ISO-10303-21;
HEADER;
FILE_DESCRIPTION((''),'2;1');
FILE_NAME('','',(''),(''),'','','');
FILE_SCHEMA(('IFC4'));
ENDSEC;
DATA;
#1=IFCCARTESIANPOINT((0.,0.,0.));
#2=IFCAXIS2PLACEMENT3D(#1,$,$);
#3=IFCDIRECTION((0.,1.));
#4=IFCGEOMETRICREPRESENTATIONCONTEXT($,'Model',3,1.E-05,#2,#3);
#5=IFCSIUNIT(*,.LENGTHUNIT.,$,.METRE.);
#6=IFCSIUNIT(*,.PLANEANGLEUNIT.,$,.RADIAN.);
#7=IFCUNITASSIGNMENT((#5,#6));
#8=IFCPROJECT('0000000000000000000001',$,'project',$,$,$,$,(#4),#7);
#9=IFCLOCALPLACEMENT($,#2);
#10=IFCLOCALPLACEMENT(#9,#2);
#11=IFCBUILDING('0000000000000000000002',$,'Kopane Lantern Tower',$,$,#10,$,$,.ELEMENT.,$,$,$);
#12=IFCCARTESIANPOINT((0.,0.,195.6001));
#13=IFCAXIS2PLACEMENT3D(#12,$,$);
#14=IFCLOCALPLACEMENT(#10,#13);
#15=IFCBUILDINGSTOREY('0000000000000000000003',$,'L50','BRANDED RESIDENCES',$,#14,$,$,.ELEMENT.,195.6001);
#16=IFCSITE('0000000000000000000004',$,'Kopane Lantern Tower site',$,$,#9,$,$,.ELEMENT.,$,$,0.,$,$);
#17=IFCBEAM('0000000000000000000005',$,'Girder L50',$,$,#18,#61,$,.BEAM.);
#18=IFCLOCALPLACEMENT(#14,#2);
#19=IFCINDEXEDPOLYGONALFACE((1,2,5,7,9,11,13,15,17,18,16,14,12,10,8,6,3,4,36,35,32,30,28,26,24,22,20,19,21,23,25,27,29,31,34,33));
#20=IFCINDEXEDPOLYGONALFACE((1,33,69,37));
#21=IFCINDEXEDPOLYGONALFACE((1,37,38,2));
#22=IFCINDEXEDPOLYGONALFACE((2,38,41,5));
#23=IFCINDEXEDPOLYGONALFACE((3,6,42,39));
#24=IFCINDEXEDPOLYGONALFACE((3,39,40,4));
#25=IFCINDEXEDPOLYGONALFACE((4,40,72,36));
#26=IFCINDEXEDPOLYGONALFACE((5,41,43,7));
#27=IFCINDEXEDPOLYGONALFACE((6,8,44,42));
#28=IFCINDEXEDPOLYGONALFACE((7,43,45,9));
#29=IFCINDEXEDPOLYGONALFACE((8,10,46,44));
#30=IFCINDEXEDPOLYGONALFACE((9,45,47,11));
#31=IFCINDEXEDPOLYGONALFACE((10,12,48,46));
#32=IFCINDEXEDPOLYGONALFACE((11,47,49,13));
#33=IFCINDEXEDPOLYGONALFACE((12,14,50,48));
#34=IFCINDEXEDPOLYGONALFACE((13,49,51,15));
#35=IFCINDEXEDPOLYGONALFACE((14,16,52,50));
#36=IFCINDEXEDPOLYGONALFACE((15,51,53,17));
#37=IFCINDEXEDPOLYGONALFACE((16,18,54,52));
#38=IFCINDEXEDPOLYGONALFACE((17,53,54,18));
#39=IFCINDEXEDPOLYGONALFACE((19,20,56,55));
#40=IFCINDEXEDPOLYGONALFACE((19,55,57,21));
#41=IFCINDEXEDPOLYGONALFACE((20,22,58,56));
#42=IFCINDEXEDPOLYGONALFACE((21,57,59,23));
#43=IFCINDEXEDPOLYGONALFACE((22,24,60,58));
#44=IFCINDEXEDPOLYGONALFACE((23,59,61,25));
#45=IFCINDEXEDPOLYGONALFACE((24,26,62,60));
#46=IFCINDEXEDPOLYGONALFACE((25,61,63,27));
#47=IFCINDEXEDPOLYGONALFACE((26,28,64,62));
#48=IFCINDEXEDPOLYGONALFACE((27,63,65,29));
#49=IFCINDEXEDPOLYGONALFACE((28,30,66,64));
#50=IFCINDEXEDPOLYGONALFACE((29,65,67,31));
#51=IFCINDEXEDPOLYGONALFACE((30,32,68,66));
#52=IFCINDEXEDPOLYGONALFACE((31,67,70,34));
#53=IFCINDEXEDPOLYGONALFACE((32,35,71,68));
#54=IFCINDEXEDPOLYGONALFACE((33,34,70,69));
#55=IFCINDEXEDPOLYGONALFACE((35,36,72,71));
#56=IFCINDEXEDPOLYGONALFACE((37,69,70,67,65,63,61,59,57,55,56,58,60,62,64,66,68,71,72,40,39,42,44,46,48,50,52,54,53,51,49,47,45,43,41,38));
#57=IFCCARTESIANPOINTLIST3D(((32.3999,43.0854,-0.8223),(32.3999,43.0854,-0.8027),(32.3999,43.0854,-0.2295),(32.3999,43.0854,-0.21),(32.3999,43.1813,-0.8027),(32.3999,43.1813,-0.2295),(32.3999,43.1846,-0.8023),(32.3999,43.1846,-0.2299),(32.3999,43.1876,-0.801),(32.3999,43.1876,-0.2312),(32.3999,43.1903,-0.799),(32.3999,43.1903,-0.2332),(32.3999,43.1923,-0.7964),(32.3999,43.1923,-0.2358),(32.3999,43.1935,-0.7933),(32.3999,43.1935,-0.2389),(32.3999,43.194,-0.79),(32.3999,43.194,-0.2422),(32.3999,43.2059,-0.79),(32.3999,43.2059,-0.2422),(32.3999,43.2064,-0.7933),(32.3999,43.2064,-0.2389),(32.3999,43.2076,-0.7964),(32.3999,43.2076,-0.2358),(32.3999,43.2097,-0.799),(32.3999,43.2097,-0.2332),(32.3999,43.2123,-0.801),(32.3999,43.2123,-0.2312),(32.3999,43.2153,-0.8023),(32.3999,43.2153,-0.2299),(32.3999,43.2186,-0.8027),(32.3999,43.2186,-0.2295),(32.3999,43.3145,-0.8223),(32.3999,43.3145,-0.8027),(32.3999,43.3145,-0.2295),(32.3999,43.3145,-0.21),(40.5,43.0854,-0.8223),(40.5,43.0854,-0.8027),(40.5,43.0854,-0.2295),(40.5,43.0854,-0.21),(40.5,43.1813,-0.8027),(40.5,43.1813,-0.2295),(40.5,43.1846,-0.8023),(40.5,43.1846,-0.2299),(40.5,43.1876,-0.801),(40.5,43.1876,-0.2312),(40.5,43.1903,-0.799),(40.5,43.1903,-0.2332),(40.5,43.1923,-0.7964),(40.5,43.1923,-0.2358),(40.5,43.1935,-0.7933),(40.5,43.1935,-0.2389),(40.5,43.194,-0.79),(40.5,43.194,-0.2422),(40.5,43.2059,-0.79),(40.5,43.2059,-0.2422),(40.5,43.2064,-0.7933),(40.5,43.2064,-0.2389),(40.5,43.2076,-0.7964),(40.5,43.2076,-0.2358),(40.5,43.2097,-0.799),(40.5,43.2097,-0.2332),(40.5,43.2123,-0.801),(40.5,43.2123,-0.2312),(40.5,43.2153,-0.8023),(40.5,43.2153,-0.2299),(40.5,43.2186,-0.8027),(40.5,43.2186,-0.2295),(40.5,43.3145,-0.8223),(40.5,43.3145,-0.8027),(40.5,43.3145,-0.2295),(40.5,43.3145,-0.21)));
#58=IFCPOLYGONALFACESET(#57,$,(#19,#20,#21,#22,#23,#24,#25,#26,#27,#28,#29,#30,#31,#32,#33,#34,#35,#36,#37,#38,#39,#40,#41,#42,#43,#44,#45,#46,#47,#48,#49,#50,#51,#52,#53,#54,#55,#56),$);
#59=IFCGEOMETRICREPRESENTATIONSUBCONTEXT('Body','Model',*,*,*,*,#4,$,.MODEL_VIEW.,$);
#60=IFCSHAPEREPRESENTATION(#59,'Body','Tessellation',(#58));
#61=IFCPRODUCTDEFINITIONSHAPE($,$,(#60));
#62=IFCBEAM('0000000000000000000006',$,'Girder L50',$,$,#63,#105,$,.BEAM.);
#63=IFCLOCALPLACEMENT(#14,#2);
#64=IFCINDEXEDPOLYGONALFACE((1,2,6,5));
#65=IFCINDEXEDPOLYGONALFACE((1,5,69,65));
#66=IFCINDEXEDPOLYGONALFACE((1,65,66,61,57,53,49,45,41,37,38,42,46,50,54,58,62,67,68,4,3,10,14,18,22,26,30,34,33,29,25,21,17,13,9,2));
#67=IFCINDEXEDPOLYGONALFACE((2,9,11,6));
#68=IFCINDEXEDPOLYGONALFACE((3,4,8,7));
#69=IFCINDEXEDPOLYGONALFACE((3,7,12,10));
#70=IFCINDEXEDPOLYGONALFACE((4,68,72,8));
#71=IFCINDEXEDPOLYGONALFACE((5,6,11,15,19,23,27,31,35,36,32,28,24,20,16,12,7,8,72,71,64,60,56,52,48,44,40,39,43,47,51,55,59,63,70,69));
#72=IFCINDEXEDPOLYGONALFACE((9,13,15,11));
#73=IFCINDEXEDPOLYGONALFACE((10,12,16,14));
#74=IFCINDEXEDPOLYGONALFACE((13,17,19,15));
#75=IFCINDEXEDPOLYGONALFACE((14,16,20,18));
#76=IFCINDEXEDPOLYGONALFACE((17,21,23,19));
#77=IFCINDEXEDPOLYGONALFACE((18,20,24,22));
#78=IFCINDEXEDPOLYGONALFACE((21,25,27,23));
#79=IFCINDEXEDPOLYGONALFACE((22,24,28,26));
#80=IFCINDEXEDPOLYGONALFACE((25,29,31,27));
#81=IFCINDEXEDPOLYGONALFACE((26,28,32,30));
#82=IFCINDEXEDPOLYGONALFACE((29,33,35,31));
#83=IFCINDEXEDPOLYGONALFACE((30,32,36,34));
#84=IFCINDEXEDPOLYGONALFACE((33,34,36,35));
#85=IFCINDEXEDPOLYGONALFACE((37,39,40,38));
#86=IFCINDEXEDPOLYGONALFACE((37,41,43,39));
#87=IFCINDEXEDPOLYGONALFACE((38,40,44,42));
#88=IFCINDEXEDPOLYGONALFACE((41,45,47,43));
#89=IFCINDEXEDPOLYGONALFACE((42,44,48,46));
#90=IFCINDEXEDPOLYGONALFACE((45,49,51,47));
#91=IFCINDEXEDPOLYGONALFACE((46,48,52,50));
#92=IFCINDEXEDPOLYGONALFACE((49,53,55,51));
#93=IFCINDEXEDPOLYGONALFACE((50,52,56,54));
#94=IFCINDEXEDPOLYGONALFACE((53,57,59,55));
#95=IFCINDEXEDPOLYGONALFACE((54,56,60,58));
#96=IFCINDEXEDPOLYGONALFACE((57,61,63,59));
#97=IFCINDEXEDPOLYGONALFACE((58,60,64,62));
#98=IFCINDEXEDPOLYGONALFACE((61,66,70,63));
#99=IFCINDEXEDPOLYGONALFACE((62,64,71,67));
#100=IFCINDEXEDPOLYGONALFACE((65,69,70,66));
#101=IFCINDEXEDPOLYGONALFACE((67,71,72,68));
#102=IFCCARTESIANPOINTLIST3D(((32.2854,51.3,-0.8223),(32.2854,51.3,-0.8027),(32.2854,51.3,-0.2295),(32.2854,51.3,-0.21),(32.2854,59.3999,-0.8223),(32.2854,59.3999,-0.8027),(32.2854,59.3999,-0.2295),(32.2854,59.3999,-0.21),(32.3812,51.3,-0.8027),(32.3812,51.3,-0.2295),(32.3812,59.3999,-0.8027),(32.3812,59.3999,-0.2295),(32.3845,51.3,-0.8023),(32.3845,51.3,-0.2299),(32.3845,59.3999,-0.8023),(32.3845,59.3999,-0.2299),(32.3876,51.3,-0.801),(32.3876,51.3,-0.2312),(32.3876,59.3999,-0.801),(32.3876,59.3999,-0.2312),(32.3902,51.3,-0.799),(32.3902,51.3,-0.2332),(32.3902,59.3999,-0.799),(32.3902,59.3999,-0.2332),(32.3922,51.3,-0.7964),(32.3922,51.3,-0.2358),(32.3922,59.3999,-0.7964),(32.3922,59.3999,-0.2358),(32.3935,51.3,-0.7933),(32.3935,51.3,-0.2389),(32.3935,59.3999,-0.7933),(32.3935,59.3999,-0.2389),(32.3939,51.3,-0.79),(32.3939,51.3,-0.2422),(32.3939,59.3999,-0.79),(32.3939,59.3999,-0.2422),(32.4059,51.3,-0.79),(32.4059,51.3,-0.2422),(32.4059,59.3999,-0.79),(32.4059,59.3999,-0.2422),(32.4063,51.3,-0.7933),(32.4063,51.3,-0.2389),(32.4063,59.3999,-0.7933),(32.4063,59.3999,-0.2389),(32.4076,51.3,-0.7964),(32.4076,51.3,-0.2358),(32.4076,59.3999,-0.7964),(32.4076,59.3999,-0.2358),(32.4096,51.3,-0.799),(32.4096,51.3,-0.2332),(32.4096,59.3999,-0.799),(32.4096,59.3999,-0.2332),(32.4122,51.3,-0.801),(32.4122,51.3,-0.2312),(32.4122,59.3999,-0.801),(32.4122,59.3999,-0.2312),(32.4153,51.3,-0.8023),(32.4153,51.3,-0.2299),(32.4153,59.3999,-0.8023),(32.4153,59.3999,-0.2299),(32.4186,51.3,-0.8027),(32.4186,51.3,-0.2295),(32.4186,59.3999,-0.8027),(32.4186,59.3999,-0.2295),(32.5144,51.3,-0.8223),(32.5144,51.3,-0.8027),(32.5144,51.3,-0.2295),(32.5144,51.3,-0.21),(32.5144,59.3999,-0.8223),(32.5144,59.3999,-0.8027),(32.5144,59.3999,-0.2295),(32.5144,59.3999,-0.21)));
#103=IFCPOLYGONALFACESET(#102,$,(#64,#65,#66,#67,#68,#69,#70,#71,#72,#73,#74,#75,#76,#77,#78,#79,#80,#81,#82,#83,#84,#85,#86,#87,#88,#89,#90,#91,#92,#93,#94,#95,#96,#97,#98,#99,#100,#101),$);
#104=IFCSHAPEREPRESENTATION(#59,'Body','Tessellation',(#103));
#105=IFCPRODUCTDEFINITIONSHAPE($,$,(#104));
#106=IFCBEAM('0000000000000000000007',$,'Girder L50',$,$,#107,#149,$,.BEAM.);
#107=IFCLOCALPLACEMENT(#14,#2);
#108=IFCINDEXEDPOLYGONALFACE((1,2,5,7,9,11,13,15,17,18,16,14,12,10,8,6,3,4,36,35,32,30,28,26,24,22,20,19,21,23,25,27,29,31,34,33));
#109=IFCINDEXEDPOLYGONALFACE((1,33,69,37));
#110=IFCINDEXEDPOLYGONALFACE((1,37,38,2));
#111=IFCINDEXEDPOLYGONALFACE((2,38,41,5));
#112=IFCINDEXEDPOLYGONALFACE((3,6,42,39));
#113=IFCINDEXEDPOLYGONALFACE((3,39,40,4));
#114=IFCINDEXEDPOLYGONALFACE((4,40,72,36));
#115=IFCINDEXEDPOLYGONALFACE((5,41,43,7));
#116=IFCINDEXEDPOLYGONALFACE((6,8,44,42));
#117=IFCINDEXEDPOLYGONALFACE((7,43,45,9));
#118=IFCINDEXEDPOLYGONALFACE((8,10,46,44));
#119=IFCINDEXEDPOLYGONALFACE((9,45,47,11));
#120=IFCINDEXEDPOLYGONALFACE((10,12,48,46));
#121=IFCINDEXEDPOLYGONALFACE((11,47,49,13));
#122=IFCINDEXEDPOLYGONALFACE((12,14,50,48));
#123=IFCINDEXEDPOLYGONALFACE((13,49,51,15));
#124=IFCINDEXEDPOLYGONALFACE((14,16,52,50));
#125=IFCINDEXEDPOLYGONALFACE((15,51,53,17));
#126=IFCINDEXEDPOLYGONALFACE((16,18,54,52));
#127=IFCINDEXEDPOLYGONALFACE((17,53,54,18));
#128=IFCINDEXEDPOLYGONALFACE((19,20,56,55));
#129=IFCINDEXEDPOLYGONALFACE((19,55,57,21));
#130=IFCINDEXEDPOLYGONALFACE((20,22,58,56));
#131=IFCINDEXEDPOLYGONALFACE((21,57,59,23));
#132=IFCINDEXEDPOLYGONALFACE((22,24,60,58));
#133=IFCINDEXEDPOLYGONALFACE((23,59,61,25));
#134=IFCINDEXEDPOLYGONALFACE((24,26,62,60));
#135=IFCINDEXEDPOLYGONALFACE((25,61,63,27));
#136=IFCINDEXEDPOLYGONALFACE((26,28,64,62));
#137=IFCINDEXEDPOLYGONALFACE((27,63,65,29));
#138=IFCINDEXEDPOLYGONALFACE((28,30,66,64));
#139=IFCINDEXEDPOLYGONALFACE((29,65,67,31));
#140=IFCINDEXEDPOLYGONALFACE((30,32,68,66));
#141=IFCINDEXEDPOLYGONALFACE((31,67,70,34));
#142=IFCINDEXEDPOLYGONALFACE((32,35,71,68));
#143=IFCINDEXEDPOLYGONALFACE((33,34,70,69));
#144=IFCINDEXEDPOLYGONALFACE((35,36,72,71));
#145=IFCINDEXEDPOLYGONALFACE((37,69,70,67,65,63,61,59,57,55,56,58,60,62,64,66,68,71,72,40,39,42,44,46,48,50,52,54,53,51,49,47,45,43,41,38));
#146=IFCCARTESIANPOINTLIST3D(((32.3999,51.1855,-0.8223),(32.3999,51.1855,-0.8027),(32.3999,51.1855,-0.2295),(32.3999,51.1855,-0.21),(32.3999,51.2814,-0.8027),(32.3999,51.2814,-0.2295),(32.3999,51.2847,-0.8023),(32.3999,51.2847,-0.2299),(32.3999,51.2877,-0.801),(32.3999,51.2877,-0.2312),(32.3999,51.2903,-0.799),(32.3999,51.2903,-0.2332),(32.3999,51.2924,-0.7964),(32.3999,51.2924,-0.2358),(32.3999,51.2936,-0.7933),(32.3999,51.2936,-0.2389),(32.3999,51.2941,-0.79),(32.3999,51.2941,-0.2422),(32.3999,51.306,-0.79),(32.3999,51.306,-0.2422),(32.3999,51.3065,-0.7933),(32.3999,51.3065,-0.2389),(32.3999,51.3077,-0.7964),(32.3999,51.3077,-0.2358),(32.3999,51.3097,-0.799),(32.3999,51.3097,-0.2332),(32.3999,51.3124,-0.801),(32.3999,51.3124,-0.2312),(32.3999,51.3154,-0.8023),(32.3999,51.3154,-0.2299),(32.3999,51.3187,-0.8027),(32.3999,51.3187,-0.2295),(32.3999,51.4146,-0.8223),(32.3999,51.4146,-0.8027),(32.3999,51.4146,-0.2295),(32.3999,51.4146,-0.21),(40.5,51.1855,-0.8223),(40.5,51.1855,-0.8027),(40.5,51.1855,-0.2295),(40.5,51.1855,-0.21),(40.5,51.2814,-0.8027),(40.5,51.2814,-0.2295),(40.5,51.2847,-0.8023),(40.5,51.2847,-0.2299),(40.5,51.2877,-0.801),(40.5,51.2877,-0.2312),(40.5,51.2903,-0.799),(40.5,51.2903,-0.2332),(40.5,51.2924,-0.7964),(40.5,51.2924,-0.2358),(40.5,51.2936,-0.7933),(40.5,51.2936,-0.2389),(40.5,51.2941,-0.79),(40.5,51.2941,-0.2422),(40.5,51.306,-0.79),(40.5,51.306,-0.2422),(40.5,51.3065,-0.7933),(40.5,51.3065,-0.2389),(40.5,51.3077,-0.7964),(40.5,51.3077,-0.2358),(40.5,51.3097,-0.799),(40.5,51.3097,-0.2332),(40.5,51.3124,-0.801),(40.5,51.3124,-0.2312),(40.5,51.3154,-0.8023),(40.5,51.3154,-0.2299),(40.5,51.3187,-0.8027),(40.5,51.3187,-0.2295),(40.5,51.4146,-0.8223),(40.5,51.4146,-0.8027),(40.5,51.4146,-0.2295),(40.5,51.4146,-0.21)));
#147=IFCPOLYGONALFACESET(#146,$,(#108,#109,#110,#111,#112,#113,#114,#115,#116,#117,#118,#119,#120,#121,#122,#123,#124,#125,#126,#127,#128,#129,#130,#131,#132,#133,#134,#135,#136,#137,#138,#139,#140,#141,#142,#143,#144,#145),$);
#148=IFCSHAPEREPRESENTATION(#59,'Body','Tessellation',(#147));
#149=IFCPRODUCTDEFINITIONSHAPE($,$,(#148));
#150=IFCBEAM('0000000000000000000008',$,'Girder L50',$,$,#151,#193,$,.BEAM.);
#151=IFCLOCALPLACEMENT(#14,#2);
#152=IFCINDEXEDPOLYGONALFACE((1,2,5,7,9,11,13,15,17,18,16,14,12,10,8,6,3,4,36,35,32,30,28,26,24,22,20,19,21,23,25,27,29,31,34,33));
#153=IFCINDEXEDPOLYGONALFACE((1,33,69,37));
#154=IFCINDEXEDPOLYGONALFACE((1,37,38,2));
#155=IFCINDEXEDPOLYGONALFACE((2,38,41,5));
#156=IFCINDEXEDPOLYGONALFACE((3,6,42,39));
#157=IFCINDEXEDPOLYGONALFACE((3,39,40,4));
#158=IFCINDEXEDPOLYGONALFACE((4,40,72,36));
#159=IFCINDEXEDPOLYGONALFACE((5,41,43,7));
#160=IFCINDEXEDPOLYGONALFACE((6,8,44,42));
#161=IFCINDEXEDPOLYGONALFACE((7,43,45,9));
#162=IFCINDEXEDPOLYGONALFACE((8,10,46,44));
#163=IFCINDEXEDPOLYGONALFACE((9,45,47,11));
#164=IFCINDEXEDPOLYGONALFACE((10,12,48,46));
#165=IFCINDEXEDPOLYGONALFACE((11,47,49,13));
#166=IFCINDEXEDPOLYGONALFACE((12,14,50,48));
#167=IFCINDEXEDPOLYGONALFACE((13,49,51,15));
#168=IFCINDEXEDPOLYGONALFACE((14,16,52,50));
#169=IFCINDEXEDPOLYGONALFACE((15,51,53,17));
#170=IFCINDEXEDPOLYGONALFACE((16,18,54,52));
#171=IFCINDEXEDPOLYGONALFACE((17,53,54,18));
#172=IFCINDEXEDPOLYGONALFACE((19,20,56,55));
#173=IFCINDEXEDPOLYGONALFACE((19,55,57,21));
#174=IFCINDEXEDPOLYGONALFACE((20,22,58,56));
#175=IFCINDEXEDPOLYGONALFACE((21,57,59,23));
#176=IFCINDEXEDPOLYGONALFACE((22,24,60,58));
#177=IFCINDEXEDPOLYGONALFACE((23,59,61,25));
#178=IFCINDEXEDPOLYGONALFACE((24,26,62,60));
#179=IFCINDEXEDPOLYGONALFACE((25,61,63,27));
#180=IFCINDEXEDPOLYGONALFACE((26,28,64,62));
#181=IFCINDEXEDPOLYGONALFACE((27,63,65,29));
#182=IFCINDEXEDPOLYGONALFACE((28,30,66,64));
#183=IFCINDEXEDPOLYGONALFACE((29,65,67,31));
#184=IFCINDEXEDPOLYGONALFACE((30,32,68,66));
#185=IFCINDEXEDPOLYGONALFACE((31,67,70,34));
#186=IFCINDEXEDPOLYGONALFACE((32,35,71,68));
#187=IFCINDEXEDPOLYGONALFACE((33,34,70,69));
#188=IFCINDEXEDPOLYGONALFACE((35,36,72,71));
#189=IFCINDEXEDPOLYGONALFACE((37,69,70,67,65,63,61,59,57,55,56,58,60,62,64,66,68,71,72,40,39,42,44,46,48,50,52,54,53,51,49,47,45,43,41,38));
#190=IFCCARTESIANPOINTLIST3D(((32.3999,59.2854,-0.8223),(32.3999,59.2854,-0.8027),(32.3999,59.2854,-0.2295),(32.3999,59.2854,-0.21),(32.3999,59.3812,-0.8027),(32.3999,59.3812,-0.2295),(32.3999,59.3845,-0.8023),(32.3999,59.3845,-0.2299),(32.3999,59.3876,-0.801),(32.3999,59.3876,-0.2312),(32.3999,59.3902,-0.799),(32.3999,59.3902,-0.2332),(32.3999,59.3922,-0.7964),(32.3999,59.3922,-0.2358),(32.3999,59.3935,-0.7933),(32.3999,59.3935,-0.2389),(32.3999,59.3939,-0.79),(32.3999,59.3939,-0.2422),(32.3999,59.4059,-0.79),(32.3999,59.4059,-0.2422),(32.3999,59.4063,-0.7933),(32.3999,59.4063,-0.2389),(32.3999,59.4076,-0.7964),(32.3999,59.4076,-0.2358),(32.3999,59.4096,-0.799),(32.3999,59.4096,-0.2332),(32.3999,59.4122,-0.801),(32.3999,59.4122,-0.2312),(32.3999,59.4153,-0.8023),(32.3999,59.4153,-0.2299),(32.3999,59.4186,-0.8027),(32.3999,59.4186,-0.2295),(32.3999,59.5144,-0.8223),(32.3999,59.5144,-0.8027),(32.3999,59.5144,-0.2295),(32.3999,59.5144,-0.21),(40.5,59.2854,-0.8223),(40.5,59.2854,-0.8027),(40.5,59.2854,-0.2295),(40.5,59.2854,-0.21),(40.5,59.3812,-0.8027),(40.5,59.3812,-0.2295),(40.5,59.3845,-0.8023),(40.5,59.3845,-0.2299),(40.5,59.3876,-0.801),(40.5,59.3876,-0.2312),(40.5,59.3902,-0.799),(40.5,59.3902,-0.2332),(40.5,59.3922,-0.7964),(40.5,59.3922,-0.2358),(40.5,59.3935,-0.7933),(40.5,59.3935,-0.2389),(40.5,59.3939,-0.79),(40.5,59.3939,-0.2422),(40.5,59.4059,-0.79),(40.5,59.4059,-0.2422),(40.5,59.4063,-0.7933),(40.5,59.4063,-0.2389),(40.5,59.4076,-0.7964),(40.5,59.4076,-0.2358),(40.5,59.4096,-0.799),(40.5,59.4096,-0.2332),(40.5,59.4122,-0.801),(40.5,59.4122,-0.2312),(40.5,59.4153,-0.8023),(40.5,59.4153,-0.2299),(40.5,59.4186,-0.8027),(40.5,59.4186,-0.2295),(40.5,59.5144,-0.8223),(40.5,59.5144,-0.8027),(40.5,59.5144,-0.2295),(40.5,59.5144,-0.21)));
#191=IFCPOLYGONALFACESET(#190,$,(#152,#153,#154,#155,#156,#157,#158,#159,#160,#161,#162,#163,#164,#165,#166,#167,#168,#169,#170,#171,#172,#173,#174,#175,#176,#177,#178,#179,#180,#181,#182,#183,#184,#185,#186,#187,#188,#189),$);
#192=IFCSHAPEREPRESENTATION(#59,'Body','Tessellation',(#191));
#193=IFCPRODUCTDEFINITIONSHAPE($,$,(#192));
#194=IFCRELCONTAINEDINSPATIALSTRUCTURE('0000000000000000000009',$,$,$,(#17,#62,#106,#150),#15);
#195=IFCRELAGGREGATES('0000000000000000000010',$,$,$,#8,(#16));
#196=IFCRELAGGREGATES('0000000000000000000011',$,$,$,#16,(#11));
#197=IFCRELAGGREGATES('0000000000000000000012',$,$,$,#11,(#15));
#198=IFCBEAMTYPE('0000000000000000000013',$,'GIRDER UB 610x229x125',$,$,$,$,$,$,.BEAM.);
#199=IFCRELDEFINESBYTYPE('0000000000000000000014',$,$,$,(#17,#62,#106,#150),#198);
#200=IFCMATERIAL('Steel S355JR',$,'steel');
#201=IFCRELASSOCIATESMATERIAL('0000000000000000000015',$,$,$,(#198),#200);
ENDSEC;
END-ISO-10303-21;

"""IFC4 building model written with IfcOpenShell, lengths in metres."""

from ifc_helpers import new_model, si_unit, direction, frame, origin, origin_2d, place, context, subcontext, project, spatial, i_section, extrude, material, material_profile, profile_set, type_object, element, save


model = new_model("IFC4")

# Units and contexts
model_context = context("Model", 3, precision=1e-05, world=origin(), true_north=direction((0.0, 1.0)))
body_context = subcontext(model_context, "Body", "Model", "MODEL_VIEW")
ifc_project = project(units=[si_unit("LENGTHUNIT", "METRE"), si_unit("PLANEANGLEUNIT", "RADIAN")], contexts=[model_context])

# Site, building, storey
site_placement = place(None, origin())
site = spatial("IfcSite", under=ifc_project, at=site_placement, Name="Kopane Lantern Tower site", CompositionType="ELEMENT", RefElevation=0.0)
building_placement = place(site_placement, origin())
building = spatial("IfcBuilding", under=site, at=building_placement, Name="Kopane Lantern Tower", CompositionType="ELEMENT")
storey_placement = place(building_placement, frame((0.0, 0.0, 195.6001)))
storey = spatial("IfcBuildingStorey", under=building, at=storey_placement, Name="L50", Description="BRANDED RESIDENCES", CompositionType="ELEMENT", Elevation=195.6001)

# Beams
ifc_material_1 = material(Name="Steel S355JR", Category="steel")
ifc_material_profile_1 = material_profile(ifc_material_1, i_section(OverallWidth=0.229, OverallDepth=0.6123, WebThickness=0.012, FlangeThickness=0.0195, FilletRadius=0.0127, at=origin_2d()), Name="UB 610x229x125")
ifc_profile_set_1 = profile_set([ifc_material_profile_1], Name="Steel S355JR")
beam_type = type_object("IfcBeamType", Name="GIRDER UB 610x229x125", PredefinedType="BEAM", material=ifc_profile_set_1)
for number, where, z_axis, x_axis, name in (
    (1, (32.3999, 43.2, -0.5161), (1.0, 0.0, 0.0), (0.0, 1.0, 0.0), "Girder L50"),
):
    element("IfcBeam", number, at=place(storey_placement, frame(where, z_axis=z_axis, x_axis=x_axis)), inside=storey, type_object=beam_type, Name=name, PredefinedType="BEAM", context=body_context, shape_type="SweptSolid", body=[
        extrude(i_section(OverallWidth=0.229, OverallDepth=0.6123, WebThickness=0.012, FlangeThickness=0.0195, FilletRadius=0.0127, at=origin_2d()), origin(), (0.0, 0.0, 1.0), 8.1001),
    ])
beam_placement = place(storey_placement, frame((32.3999, 51.3, -0.5161), z_axis=(0.0, 1.0, 0.0), x_axis=(-1.0, 0.0, 0.0)))
element("IfcBeam", 2, at=beam_placement, inside=storey, type_object=beam_type, Name="Girder L50", PredefinedType="BEAM", context=body_context, shape_type="SweptSolid", body=[
    extrude(i_section(OverallWidth=0.229, OverallDepth=0.6123, WebThickness=0.012, FlangeThickness=0.0195, FilletRadius=0.0127, at=origin_2d()), origin(), (0.0, 0.0, 1.0), 8.0999),
])
for number, where, z_axis, x_axis, name in (
    (3, (32.3999, 51.3, -0.5161), (1.0, 0.0, 0.0), (0.0, 1.0, 0.0), "Girder L50"),
    (4, (32.3999, 59.3999, -0.5161), (1.0, 0.0, 0.0), (0.0, 1.0, 0.0), "Girder L50"),
):
    element("IfcBeam", number, at=place(storey_placement, frame(where, z_axis=z_axis, x_axis=x_axis)), inside=storey, type_object=beam_type, Name=name, PredefinedType="BEAM", context=body_context, shape_type="SweptSolid", body=[
        extrude(i_section(OverallWidth=0.229, OverallDepth=0.6123, WebThickness=0.012, FlangeThickness=0.0195, FilletRadius=0.0127, at=origin_2d()), origin(), (0.0, 0.0, 1.0), 8.1001),
    ])

save(model, "model.ifc")
